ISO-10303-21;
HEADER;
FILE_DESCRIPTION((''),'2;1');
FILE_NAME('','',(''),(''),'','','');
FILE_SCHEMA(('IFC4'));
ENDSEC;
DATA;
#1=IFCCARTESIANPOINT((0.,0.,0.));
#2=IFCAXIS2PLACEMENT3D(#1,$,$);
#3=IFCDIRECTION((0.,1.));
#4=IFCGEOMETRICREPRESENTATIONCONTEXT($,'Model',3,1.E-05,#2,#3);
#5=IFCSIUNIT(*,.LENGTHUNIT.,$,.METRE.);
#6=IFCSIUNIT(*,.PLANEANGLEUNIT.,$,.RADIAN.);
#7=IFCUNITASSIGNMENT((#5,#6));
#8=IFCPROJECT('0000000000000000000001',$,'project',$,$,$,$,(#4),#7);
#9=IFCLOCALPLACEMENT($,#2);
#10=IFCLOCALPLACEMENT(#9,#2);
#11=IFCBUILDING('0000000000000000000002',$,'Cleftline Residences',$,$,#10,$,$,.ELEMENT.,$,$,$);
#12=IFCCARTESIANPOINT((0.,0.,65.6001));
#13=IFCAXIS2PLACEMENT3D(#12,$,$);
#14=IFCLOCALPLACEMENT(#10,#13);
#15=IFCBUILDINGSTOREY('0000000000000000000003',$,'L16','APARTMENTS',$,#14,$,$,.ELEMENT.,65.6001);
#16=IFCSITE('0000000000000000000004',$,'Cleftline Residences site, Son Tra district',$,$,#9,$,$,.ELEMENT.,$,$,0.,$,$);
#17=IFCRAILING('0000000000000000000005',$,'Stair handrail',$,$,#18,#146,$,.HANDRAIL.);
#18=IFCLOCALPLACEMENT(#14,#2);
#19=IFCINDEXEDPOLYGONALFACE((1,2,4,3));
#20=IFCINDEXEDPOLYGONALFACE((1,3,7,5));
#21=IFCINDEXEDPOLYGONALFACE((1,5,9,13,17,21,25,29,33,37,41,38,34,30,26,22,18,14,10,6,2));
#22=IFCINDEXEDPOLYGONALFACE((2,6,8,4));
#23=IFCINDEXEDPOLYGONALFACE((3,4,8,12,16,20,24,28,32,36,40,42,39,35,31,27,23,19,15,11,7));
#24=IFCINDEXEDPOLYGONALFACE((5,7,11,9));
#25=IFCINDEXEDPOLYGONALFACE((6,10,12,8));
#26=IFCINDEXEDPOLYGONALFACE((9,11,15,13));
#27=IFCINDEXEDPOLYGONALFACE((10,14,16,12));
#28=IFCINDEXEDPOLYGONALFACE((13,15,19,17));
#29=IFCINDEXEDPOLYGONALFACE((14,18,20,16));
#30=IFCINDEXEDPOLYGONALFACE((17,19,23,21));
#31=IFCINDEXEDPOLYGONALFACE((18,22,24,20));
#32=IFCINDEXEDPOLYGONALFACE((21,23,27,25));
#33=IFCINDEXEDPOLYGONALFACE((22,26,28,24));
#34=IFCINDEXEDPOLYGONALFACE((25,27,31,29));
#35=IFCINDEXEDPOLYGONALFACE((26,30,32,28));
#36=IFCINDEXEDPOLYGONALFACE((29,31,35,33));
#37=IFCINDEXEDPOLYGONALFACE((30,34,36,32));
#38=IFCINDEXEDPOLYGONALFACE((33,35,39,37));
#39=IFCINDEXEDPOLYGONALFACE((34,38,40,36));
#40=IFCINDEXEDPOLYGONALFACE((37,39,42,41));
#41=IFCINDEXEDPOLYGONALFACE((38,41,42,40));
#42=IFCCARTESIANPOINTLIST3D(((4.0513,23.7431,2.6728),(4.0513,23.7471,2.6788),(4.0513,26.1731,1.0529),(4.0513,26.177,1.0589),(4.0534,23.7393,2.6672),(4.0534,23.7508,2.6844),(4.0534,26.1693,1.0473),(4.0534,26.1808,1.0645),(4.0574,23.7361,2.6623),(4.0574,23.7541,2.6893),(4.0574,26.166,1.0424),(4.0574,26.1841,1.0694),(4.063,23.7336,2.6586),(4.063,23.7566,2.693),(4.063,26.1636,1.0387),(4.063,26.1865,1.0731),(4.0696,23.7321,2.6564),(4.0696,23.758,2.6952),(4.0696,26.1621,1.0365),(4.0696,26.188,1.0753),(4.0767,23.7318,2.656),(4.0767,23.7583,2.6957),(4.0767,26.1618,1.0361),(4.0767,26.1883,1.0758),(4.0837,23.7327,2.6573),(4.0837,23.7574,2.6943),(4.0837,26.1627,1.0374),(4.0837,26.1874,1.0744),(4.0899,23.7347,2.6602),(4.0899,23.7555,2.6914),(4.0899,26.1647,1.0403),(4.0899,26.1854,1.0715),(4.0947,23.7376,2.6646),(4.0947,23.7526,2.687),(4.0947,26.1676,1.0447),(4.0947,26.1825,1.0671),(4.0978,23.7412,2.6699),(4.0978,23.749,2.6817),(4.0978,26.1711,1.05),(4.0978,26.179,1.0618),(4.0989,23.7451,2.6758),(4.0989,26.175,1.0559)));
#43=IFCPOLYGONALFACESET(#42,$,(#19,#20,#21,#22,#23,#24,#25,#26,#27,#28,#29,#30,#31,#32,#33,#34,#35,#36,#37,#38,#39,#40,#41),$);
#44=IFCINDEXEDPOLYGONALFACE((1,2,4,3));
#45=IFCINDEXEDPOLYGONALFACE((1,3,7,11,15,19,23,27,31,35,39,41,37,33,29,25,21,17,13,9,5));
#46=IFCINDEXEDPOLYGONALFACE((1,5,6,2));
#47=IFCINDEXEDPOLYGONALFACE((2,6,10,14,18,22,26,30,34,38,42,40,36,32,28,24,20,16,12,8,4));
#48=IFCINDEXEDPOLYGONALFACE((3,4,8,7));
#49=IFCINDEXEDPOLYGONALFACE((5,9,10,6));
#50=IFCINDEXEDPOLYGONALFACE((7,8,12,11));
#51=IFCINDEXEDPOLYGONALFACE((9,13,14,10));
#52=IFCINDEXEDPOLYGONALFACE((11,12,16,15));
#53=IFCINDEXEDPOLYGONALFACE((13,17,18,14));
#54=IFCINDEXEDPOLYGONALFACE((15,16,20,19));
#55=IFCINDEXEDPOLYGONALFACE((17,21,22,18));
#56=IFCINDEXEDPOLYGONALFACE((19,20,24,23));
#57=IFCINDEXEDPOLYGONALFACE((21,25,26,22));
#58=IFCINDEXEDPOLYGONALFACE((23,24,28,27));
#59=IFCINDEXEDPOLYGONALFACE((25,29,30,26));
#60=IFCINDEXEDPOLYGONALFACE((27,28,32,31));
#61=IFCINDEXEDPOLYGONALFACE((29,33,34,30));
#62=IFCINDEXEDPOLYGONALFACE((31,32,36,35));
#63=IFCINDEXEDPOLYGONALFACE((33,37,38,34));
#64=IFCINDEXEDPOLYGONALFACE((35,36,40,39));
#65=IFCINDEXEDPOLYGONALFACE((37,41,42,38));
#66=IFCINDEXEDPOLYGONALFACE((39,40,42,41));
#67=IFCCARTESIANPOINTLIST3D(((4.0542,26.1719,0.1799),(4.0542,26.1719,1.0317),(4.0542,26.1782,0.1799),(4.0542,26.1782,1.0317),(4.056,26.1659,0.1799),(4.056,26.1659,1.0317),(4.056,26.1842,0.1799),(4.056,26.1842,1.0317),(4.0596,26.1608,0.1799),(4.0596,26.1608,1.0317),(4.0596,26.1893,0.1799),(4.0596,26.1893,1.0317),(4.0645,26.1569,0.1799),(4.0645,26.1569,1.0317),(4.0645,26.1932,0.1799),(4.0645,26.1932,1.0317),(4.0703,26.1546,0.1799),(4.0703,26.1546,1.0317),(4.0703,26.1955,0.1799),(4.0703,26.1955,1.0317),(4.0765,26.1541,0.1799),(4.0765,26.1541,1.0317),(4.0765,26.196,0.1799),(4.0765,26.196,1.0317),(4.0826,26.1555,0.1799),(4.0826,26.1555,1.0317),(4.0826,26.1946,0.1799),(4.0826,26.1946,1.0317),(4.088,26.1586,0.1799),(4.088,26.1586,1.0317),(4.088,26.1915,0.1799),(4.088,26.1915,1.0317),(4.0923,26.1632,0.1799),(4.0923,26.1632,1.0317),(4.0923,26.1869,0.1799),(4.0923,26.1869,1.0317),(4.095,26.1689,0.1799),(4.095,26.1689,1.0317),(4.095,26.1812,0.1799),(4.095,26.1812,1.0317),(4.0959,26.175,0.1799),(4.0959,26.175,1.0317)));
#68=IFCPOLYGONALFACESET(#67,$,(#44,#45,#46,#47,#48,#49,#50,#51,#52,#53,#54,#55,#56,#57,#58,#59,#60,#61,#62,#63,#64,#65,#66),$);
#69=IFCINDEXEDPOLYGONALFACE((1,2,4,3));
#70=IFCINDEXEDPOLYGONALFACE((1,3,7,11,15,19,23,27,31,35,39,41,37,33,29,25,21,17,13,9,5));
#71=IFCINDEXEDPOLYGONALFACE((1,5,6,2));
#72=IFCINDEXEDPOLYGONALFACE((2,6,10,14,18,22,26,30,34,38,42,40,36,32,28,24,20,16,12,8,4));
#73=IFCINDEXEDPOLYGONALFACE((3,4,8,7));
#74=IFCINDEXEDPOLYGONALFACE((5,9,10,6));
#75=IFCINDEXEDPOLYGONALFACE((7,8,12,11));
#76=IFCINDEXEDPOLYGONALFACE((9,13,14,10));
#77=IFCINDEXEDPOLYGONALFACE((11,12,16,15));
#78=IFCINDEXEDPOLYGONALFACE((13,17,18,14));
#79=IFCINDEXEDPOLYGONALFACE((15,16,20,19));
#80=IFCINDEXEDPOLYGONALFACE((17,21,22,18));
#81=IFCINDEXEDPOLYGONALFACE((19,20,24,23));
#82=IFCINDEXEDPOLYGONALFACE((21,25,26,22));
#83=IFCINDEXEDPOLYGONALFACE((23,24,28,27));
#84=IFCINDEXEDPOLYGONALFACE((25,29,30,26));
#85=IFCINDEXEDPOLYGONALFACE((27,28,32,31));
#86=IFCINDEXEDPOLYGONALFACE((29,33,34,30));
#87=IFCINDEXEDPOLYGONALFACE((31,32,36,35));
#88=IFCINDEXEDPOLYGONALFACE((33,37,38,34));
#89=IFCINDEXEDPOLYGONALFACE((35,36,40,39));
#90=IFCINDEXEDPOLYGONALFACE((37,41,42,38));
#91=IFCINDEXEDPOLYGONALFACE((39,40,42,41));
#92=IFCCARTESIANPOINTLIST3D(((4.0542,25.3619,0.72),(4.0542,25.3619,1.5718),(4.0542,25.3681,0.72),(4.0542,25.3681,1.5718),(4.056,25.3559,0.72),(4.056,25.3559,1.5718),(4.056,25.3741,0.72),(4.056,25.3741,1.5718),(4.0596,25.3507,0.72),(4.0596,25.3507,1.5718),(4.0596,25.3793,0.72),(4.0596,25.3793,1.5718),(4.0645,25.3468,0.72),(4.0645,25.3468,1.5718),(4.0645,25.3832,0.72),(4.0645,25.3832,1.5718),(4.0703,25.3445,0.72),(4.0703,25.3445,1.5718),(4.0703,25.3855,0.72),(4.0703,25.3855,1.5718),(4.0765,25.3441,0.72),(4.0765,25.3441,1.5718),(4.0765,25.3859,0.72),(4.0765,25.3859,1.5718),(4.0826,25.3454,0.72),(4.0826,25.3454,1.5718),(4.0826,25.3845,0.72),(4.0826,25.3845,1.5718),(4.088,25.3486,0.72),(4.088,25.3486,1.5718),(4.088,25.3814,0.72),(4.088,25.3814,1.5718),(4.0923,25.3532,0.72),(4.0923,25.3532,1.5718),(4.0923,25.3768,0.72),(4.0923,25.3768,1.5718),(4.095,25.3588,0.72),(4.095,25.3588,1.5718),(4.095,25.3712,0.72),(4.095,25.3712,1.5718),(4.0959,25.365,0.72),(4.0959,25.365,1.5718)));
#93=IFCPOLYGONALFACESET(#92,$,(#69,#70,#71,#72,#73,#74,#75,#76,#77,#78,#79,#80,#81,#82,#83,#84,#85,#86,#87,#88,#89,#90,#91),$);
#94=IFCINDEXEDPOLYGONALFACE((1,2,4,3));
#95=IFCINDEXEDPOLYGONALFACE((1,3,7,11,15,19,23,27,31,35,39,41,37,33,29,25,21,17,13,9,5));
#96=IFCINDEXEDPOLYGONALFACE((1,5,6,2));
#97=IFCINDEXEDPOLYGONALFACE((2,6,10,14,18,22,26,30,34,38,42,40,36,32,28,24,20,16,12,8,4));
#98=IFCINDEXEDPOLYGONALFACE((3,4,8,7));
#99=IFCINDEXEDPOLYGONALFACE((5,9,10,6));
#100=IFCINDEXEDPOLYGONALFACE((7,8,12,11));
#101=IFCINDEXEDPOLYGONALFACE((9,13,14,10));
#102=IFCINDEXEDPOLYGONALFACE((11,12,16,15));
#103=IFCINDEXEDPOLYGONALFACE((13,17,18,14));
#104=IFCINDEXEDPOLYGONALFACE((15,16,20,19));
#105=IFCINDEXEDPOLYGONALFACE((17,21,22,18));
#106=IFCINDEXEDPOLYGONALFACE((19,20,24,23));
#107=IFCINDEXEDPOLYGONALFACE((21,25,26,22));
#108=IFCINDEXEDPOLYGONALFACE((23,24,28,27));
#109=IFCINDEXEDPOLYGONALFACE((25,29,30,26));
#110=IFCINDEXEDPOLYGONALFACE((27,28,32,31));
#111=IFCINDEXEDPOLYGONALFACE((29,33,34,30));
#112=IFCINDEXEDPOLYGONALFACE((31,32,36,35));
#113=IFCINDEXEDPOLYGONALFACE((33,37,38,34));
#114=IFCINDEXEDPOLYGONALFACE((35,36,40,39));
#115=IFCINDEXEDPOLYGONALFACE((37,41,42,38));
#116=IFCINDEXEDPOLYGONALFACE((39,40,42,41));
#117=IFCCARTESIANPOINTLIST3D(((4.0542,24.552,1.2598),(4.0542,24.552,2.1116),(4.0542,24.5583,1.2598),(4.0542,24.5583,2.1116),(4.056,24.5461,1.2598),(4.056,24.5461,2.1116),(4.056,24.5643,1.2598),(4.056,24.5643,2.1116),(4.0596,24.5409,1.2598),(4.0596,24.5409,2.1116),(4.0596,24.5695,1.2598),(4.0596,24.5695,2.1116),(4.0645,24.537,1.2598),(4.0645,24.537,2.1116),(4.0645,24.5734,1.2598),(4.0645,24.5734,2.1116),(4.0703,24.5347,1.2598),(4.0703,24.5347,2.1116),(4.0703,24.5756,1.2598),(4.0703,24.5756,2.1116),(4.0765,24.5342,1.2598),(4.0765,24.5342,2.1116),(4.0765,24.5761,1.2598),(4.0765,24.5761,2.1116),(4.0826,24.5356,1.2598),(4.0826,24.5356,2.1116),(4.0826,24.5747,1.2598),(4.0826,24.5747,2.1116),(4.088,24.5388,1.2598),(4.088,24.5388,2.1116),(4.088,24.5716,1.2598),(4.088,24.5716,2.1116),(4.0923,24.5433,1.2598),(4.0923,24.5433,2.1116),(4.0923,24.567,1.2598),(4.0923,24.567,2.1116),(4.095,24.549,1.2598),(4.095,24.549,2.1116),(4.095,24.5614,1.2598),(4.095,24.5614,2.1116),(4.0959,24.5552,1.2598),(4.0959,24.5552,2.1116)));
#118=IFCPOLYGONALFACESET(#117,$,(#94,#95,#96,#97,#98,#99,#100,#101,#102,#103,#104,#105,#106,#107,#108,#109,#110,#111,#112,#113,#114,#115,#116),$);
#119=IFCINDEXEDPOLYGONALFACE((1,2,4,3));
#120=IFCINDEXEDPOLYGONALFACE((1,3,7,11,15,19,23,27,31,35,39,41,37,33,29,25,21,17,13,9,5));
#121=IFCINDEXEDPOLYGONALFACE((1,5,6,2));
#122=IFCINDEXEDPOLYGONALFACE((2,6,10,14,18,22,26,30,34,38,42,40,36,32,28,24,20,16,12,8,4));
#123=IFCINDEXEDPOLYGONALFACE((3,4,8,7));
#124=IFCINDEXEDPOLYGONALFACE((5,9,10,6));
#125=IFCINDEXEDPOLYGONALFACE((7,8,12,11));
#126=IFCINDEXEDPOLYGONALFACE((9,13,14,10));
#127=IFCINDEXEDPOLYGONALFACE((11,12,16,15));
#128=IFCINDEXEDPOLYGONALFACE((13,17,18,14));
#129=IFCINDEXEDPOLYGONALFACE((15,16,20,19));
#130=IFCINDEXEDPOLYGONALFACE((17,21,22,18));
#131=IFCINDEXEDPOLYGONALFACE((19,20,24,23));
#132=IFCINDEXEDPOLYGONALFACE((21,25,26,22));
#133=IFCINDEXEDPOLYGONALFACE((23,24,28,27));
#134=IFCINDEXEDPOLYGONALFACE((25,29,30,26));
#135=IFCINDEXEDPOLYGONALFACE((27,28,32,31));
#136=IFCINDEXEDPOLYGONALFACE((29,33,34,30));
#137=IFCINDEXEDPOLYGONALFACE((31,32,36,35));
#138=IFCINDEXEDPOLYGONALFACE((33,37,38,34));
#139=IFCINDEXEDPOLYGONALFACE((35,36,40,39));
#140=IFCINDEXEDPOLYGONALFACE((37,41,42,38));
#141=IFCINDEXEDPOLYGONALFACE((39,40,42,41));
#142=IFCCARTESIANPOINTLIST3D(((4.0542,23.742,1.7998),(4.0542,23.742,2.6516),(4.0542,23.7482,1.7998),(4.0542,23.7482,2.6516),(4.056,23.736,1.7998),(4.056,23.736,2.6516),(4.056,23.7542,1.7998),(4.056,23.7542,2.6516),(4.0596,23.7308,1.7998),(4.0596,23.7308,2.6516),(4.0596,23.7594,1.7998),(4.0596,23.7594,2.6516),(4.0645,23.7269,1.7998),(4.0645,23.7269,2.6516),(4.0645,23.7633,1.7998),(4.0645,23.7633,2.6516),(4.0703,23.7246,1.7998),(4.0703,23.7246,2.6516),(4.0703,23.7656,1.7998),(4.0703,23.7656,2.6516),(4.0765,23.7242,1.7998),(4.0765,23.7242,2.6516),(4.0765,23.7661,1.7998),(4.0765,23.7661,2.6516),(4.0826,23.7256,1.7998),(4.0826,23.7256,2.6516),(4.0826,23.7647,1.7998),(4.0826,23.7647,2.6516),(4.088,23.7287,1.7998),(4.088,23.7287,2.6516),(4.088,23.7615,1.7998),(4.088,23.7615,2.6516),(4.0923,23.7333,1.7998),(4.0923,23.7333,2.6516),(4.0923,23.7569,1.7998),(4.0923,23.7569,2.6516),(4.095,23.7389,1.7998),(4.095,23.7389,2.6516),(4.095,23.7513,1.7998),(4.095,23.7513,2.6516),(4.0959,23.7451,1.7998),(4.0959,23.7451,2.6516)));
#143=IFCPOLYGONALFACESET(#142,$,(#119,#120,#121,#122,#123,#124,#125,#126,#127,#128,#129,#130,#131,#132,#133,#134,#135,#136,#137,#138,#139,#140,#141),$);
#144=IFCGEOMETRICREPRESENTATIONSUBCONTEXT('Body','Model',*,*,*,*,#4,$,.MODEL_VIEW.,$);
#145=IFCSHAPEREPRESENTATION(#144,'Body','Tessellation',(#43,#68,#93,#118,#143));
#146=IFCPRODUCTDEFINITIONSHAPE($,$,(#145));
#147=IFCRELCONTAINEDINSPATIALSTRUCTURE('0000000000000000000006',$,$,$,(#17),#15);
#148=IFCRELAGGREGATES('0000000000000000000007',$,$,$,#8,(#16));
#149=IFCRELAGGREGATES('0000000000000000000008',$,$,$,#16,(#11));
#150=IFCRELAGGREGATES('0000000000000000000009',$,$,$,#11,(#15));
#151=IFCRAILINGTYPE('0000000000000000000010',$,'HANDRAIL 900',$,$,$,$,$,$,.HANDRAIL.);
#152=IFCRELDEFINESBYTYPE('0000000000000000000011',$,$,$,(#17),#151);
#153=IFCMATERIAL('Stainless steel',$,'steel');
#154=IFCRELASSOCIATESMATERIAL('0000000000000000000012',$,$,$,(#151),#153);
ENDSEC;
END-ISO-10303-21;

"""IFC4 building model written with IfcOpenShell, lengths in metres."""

from ifc_helpers import new_model, si_unit, direction, frame, origin, origin_2d, place, context, subcontext, project, spatial, circle, extrude, material, type_object, element, save


model = new_model("IFC4")

# Units and contexts
model_context = context("Model", 3, precision=1e-05, world=origin(), true_north=direction((0.0, 1.0)))
body_context = subcontext(model_context, "Body", "Model", "MODEL_VIEW")
ifc_project = project(units=[si_unit("LENGTHUNIT", "METRE"), si_unit("PLANEANGLEUNIT", "RADIAN")], contexts=[model_context])

# Site, building, storey
site_placement = place(None, origin())
site = spatial("IfcSite", under=ifc_project, at=site_placement, Name="Cleftline Residences site, Son Tra district", CompositionType="ELEMENT", RefElevation=0.0)
building_placement = place(site_placement, origin())
building = spatial("IfcBuilding", under=site, at=building_placement, Name="Cleftline Residences", CompositionType="ELEMENT")
storey_placement = place(building_placement, frame((0.0, 0.0, 65.6001)))
storey = spatial("IfcBuildingStorey", under=building, at=storey_placement, Name="L16", Description="APARTMENTS", CompositionType="ELEMENT", Elevation=65.6001)

# Railing
ifc_material_1 = material(Name="Stainless steel", Category="steel")
railing_type = type_object("IfcRailingType", Name="HANDRAIL 900", PredefinedType="HANDRAIL", material=ifc_material_1)
railing_1_placement = place(storey_placement, frame((4.075, 26.175, 0.1799)))
element("IfcRailing", 1, at=railing_1_placement, inside=storey, type_object=railing_type, Name="Stair handrail", PredefinedType="HANDRAIL", context=body_context, shape_type="SweptSolid", body=[
    extrude(circle(Radius=0.0239, at=origin_2d()), frame((0.0, 0.0, 0.876), z_axis=(0.0, -0.832063, 0.554681), x_axis=(1.0, 0.0, 0.0)), (0.0, 0.0, 1.0), 2.9204),
    extrude(circle(Radius=0.021, at=origin_2d()), origin(), (0.0, 0.0, 1.0), 0.8518),
    extrude(circle(Radius=0.021, at=origin_2d()), frame((0.0, -0.8101, 0.54)), (0.0, 0.0, 1.0), 0.8518),
    extrude(circle(Radius=0.021, at=origin_2d()), frame((0.0, -1.6199, 1.0798)), (0.0, 0.0, 1.0), 0.8518),
    extrude(circle(Radius=0.021, at=origin_2d()), frame((0.0, -2.4299, 1.6199)), (0.0, 0.0, 1.0), 0.8518),
])

save(model, "model.ifc")
